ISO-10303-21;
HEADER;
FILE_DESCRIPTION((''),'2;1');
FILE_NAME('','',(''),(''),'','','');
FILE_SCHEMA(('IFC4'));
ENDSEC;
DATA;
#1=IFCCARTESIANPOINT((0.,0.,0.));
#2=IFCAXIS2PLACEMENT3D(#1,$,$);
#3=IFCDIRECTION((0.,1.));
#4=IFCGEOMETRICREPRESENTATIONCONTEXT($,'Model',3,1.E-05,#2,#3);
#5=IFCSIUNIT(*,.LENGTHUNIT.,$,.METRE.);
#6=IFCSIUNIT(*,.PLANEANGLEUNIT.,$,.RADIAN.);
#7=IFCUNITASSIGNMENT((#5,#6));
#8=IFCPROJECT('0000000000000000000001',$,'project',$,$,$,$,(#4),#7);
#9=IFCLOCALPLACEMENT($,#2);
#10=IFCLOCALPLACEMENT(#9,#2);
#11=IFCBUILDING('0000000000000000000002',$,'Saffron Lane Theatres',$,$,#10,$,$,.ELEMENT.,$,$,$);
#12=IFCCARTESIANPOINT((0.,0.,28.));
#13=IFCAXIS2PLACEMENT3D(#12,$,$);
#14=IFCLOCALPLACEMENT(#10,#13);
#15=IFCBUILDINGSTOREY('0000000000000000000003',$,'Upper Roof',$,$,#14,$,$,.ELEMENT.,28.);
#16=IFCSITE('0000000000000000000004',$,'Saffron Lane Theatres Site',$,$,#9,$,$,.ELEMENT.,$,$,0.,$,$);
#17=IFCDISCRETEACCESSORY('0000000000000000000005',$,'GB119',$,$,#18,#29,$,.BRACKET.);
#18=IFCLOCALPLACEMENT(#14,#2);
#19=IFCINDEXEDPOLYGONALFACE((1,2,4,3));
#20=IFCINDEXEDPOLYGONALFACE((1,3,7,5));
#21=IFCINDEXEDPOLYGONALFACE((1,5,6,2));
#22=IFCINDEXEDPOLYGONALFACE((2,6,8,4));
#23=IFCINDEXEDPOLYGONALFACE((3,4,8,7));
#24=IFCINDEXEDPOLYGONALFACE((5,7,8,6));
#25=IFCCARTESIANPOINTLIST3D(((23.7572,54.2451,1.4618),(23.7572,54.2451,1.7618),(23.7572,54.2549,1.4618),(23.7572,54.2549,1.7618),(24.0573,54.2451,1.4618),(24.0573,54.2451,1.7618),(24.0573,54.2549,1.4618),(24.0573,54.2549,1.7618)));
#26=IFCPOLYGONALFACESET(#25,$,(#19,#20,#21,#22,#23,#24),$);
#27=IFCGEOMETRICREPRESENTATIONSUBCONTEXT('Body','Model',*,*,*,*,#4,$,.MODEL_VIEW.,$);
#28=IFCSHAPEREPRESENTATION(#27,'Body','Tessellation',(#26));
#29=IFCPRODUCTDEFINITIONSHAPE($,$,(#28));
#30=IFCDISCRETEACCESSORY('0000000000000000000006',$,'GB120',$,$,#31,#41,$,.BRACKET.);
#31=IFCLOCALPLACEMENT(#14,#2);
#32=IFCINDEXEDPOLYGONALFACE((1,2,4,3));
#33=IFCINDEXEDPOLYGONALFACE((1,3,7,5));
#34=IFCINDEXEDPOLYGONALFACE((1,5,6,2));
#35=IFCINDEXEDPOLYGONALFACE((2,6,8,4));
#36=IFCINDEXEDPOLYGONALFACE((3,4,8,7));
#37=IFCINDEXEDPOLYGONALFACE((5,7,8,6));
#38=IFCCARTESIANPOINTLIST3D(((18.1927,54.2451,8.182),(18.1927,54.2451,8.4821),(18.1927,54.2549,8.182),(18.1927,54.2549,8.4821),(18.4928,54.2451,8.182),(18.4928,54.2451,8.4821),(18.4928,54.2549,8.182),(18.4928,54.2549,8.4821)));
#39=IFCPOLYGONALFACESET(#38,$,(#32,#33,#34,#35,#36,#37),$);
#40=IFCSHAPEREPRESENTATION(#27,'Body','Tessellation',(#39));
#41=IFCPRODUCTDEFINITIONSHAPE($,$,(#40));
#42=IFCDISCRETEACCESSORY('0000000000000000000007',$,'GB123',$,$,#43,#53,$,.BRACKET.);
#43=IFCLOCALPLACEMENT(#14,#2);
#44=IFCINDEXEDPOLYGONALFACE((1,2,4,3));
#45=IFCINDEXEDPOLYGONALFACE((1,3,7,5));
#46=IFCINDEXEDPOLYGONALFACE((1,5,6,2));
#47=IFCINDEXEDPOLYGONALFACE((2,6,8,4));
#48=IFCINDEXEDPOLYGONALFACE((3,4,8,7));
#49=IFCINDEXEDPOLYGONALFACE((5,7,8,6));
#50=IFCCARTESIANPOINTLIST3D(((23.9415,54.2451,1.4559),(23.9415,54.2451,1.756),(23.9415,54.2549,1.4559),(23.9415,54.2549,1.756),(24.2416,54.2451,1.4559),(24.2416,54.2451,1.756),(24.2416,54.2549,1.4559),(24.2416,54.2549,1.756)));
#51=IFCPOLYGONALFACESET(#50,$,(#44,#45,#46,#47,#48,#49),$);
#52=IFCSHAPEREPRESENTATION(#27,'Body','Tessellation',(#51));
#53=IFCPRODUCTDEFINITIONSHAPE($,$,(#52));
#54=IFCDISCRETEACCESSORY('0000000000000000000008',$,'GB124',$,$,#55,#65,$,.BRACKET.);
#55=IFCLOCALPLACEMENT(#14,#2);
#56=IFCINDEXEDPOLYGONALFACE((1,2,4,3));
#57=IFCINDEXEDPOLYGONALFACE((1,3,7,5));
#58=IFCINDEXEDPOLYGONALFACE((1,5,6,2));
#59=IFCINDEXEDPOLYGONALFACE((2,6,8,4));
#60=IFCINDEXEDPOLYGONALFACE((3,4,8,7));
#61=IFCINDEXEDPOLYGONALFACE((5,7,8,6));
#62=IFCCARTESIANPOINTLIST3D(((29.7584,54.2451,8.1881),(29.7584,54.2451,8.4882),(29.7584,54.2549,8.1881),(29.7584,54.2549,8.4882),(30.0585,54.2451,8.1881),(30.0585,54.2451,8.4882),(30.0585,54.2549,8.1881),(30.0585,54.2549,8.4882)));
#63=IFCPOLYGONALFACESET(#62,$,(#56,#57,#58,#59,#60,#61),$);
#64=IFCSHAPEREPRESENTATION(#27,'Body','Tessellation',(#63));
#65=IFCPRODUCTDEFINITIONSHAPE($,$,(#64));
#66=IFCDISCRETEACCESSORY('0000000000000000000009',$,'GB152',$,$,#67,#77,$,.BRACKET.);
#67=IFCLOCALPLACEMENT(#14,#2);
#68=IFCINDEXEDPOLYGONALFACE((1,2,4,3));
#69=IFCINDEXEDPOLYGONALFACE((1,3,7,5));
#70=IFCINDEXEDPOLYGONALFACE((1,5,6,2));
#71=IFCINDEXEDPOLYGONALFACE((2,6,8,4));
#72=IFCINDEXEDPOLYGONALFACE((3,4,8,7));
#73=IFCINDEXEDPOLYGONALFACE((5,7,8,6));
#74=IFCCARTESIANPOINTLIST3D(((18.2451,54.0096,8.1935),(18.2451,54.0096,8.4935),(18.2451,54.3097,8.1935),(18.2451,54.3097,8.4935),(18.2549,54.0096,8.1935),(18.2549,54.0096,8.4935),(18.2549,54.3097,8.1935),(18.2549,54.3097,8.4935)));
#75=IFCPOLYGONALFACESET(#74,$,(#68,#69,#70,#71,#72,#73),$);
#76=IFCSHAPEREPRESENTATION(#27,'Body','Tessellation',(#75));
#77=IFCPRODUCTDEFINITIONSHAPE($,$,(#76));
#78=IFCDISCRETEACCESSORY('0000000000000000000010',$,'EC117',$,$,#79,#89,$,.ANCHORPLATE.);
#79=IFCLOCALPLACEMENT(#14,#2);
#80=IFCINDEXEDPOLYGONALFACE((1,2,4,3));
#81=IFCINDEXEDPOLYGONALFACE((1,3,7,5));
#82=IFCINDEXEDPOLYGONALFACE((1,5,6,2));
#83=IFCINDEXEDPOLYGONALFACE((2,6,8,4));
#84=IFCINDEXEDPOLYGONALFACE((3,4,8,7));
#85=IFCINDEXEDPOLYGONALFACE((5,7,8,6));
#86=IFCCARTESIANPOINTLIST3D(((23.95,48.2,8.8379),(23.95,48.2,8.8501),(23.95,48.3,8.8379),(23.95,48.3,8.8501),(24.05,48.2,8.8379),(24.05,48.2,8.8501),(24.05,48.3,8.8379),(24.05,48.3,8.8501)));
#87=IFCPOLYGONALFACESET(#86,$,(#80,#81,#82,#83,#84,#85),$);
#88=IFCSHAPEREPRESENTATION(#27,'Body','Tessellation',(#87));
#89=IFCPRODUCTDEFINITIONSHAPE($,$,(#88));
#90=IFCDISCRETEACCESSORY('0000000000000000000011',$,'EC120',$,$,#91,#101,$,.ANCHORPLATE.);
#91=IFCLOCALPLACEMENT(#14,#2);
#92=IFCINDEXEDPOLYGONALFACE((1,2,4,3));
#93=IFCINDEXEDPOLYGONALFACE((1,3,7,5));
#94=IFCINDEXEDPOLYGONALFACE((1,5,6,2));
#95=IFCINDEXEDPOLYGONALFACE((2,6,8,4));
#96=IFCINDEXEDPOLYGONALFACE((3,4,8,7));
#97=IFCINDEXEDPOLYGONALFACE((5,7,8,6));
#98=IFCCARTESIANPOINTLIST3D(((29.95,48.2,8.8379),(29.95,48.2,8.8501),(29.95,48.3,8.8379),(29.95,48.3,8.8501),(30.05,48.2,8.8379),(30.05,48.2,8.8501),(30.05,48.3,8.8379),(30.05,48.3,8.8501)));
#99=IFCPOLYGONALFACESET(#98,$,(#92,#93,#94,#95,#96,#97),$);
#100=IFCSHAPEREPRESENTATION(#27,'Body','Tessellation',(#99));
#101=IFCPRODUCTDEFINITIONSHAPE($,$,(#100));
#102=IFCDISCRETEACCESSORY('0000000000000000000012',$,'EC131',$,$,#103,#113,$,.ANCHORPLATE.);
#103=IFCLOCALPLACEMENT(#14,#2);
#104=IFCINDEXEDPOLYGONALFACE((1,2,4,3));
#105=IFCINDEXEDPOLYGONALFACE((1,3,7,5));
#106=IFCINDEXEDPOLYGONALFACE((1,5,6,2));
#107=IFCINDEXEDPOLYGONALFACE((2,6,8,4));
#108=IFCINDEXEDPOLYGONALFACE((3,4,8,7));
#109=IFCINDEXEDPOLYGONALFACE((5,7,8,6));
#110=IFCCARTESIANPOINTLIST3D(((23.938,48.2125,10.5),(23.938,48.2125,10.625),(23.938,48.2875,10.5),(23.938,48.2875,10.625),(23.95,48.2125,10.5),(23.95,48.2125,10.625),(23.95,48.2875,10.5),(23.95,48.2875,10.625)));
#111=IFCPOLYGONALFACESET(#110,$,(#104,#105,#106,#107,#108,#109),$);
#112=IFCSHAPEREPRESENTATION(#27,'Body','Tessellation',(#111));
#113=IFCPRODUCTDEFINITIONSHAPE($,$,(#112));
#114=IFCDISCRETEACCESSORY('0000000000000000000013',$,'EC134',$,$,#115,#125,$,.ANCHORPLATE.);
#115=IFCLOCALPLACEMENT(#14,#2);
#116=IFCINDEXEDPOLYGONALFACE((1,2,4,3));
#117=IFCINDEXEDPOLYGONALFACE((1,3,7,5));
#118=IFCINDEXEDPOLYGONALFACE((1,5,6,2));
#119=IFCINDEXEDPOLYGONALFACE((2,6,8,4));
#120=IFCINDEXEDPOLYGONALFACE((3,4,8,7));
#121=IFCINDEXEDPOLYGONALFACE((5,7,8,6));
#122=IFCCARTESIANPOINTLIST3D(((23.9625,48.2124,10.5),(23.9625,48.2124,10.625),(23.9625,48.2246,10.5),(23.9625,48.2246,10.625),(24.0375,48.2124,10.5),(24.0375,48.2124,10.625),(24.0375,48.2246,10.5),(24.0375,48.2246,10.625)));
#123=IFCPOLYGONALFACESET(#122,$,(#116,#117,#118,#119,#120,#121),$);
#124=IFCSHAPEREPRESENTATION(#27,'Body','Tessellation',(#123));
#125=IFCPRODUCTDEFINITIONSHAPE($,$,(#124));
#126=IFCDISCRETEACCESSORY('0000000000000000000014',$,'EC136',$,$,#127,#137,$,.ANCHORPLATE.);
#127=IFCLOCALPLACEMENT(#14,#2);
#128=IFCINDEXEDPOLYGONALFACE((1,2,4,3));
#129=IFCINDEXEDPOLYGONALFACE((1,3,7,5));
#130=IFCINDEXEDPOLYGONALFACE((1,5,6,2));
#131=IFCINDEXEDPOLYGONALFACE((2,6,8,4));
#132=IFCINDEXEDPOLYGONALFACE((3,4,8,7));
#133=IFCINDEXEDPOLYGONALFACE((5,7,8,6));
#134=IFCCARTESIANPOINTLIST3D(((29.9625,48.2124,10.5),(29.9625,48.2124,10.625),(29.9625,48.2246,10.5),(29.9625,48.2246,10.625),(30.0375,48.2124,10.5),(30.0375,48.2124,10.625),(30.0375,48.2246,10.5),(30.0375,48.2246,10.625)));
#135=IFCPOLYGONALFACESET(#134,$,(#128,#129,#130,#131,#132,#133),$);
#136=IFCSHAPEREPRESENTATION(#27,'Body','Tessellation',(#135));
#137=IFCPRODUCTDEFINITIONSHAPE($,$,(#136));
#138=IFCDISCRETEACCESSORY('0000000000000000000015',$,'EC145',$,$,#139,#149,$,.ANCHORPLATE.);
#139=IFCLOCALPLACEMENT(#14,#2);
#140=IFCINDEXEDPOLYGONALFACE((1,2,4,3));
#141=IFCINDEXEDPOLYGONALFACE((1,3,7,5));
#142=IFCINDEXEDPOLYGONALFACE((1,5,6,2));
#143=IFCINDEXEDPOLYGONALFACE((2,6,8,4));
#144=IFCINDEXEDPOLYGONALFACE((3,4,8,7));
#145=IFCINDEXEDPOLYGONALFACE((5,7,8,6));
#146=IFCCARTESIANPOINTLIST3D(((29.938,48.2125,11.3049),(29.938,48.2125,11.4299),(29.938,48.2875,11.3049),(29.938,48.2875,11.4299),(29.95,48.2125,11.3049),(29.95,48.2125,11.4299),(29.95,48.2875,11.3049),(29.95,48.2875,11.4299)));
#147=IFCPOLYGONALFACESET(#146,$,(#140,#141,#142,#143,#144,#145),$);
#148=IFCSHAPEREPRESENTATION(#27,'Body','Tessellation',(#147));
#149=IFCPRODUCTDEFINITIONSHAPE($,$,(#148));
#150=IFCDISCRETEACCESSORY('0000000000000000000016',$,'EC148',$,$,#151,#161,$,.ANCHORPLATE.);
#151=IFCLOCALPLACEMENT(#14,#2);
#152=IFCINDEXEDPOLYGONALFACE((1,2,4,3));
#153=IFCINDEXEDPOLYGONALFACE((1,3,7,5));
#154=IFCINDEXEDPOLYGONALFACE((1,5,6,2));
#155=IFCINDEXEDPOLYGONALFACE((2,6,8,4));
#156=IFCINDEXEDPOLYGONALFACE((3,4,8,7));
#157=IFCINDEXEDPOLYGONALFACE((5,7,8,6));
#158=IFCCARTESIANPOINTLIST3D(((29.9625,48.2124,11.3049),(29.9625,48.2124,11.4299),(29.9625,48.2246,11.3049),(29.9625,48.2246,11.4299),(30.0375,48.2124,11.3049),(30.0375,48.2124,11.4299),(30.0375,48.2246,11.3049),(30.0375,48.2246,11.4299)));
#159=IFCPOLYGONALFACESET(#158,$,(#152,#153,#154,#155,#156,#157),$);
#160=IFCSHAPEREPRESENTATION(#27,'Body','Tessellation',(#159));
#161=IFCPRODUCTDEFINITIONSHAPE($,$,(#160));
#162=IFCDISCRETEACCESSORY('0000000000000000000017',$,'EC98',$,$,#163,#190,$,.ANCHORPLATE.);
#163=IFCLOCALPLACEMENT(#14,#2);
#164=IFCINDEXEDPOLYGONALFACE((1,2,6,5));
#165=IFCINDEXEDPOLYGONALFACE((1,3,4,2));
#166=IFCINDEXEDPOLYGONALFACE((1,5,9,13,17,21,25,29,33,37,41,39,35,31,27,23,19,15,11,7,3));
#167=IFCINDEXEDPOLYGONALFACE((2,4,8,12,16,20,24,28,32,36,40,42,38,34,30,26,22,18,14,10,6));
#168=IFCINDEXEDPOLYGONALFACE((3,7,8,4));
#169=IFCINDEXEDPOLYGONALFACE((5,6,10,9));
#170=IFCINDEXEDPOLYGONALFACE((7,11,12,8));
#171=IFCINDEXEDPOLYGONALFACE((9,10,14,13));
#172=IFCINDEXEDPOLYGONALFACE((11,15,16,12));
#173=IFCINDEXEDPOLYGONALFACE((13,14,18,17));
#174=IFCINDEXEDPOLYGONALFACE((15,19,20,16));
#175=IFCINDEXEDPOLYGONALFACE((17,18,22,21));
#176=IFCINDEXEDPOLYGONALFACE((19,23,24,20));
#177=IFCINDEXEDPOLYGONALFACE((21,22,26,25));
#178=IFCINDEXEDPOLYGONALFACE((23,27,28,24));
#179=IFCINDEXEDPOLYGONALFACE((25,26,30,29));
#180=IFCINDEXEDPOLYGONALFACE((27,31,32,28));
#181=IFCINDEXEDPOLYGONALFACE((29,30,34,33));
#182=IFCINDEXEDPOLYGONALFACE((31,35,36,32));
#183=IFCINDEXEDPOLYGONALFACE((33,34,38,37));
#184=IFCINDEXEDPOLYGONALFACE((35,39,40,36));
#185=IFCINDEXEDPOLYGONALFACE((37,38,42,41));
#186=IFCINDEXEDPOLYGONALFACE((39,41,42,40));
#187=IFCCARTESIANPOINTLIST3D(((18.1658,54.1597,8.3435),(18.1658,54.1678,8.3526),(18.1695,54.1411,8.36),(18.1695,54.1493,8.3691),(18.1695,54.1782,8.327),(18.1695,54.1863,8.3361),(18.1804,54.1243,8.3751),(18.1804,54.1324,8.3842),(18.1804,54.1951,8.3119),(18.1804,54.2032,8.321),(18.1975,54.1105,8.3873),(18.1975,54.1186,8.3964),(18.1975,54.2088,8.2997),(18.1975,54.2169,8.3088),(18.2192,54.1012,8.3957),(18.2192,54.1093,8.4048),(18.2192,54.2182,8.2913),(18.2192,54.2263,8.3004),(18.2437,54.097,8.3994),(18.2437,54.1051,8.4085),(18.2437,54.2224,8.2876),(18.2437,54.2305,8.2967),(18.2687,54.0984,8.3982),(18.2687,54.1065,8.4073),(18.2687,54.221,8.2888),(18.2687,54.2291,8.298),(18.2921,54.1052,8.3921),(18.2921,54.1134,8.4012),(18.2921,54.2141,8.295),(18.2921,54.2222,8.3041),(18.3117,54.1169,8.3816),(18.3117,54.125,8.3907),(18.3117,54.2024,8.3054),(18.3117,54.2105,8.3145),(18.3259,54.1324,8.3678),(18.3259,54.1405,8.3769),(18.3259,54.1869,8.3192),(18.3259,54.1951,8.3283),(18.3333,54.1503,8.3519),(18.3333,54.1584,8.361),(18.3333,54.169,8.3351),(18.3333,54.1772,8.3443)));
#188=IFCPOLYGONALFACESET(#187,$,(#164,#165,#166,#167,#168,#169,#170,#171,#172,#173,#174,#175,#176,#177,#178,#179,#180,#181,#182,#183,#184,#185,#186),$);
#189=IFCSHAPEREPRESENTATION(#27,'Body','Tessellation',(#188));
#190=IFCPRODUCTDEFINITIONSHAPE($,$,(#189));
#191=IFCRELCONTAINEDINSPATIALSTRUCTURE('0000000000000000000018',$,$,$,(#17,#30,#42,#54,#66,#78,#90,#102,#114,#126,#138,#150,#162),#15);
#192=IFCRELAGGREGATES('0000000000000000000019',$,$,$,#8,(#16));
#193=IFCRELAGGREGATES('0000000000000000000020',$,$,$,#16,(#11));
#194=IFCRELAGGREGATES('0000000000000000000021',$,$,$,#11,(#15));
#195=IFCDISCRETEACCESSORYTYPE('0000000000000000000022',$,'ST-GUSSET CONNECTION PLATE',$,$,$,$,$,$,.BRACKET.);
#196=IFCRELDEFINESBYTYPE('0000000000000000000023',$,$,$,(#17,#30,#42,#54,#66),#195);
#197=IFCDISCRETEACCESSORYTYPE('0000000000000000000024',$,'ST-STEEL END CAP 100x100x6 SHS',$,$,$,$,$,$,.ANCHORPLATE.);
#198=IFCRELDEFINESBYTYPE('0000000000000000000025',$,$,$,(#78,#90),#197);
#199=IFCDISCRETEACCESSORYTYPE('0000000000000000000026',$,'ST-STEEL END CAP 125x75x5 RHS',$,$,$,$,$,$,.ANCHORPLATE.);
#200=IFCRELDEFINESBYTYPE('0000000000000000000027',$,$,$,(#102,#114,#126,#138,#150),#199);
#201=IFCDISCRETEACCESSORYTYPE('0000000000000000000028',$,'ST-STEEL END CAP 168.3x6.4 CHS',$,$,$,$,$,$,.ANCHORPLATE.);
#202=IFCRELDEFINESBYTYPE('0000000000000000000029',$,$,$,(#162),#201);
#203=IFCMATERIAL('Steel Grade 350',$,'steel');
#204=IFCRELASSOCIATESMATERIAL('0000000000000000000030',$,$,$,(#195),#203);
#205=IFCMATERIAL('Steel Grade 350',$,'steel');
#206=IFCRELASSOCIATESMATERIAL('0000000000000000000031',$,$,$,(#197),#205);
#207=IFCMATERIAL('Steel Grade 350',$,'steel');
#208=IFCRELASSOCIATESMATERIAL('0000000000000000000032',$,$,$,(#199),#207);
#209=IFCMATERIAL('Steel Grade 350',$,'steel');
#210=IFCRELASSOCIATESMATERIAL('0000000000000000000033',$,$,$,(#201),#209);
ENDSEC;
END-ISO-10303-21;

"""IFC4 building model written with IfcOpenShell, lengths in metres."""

from ifc_helpers import new_model, si_unit, direction, frame, origin, origin_2d, place, context, subcontext, project, spatial, rectangle, circle, extrude, material, material_profile, profile_set, type_object, element, save


model = new_model("IFC4")

# Units and contexts
model_context = context("Model", 3, precision=1e-05, world=origin(), true_north=direction((0.0, 1.0)))
body_context = subcontext(model_context, "Body", "Model", "MODEL_VIEW")
ifc_project = project(units=[si_unit("LENGTHUNIT", "METRE"), si_unit("PLANEANGLEUNIT", "RADIAN")], contexts=[model_context])

# Site, building, storey
site_placement = place(None, origin())
site = spatial("IfcSite", under=ifc_project, at=site_placement, Name="Saffron Lane Theatres Site", CompositionType="ELEMENT", RefElevation=0.0)
building_placement = place(site_placement, origin())
building = spatial("IfcBuilding", under=site, at=building_placement, Name="Saffron Lane Theatres", CompositionType="ELEMENT")
storey_placement = place(building_placement, frame((0.0, 0.0, 28.0)))
storey = spatial("IfcBuildingStorey", under=building, at=storey_placement, Name="Upper Roof", CompositionType="ELEMENT", Elevation=28.0)

# Discrete accessories
ifc_material_1 = material(Name="Steel Grade 350", Category="steel")
ifc_material_profile_1 = material_profile(ifc_material_1, rectangle(XDim=0.3, YDim=0.3, at=origin_2d()))
ifc_profile_set_1 = profile_set([ifc_material_profile_1], Name="Steel Grade 350")
discrete_accessory_type_1 = type_object("IfcDiscreteAccessoryType", Name="ST-GUSSET CONNECTION PLATE", PredefinedType="BRACKET", material=ifc_profile_set_1)
for number, where, z_axis, x_axis, name in (
    (1, (23.9072, 54.2451, 1.6118), (0.0, 1.0, 0.0), (-1.0, 0.0, 0.0), "GB119"),
    (2, (18.3428, 54.2451, 8.332), (0.0, 1.0, 0.0), (-1.0, 0.0, 0.0), "GB120"),
    (3, (24.0916, 54.2451, 1.606), (0.0, 1.0, 0.0), (-1.0, 0.0, 0.0), "GB123"),
    (4, (29.9084, 54.2451, 8.3381), (0.0, 1.0, 0.0), (-1.0, 0.0, 0.0), "GB124"),
    (5, (18.2451, 54.1597, 8.3435), (1.0, 0.0, 0.0), (0.0, 1.0, 0.0), "GB152"),
):
    element("IfcDiscreteAccessory", number, at=place(storey_placement, frame(where, z_axis=z_axis, x_axis=x_axis)), inside=storey, type_object=discrete_accessory_type_1, Name=name, PredefinedType="BRACKET", context=body_context, shape_type="SweptSolid", body=[
        extrude(rectangle(XDim=0.3, YDim=0.3, at=origin_2d()), origin(), (0.0, 0.0, 1.0), 0.0098),
    ])
ifc_material_2 = material(Name="Steel Grade 350", Category="steel")
ifc_material_profile_2 = material_profile(ifc_material_2, rectangle(XDim=0.1001, YDim=0.1001, at=origin_2d()))
ifc_profile_set_2 = profile_set([ifc_material_profile_2], Name="Steel Grade 350")
discrete_accessory_type_2 = type_object("IfcDiscreteAccessoryType", Name="ST-STEEL END CAP 100x100x6 SHS", PredefinedType="ANCHORPLATE", material=ifc_profile_set_2)
for number, where, z_axis, x_axis, name in (
    (6, (24.0, 48.25, 8.8379), (0.0, 0.0, 1.0), (1.0, 0.0, 0.0), "EC117"),
    (7, (30.0, 48.25, 8.8379), (0.0, 0.0, 1.0), (1.0, 0.0, 0.0), "EC120"),
):
    element("IfcDiscreteAccessory", number, at=place(storey_placement, frame(where, z_axis=z_axis, x_axis=x_axis)), inside=storey, type_object=discrete_accessory_type_2, Name=name, PredefinedType="ANCHORPLATE", context=body_context, shape_type="SweptSolid", body=[
        extrude(rectangle(XDim=0.1001, YDim=0.1001, at=origin_2d()), origin(), (0.0, 0.0, 1.0), 0.0122),
    ])
ifc_material_3 = material(Name="Steel Grade 350", Category="steel")
ifc_material_profile_3 = material_profile(ifc_material_3, rectangle(XDim=0.075, YDim=0.125, at=origin_2d()))
ifc_profile_set_3 = profile_set([ifc_material_profile_3], Name="Steel Grade 350")
discrete_accessory_type_3 = type_object("IfcDiscreteAccessoryType", Name="ST-STEEL END CAP 125x75x5 RHS", PredefinedType="ANCHORPLATE", material=ifc_profile_set_3)
discrete_accessory_1_placement = place(storey_placement, frame((23.938, 48.25, 10.5625), z_axis=(1.0, 0.0, 0.0), x_axis=(0.0, 1.0, 0.0)))
element("IfcDiscreteAccessory", 8, at=discrete_accessory_1_placement, inside=storey, type_object=discrete_accessory_type_3, Name="EC131", PredefinedType="ANCHORPLATE", context=body_context, shape_type="SweptSolid", body=[
    extrude(rectangle(XDim=0.075, YDim=0.125, at=origin_2d()), origin(), (0.0, 0.0, 1.0), 0.012),
])
for number, where, z_axis, x_axis, name in (
    (9, (24.0, 48.2124, 10.5625), (0.0, 1.0, 0.0), (-1.0, 0.0, 0.0), "EC134"),
    (10, (30.0, 48.2124, 10.5625), (0.0, 1.0, 0.0), (-1.0, 0.0, 0.0), "EC136"),
):
    element("IfcDiscreteAccessory", number, at=place(storey_placement, frame(where, z_axis=z_axis, x_axis=x_axis)), inside=storey, type_object=discrete_accessory_type_3, Name=name, PredefinedType="ANCHORPLATE", context=body_context, shape_type="SweptSolid", body=[
        extrude(rectangle(XDim=0.075, YDim=0.125, at=origin_2d()), origin(), (0.0, 0.0, 1.0), 0.0122),
    ])
discrete_accessory_2_placement = place(storey_placement, frame((29.938, 48.25, 11.3674), z_axis=(1.0, 0.0, 0.0), x_axis=(0.0, 1.0, 0.0)))
element("IfcDiscreteAccessory", 11, at=discrete_accessory_2_placement, inside=storey, type_object=discrete_accessory_type_3, Name="EC145", PredefinedType="ANCHORPLATE", context=body_context, shape_type="SweptSolid", body=[
    extrude(rectangle(XDim=0.075, YDim=0.125, at=origin_2d()), origin(), (0.0, 0.0, 1.0), 0.012),
])
discrete_accessory_3_placement = place(storey_placement, frame((30.0, 48.2124, 11.3674), z_axis=(0.0, 1.0, 0.0), x_axis=(-1.0, 0.0, 0.0)))
element("IfcDiscreteAccessory", 12, at=discrete_accessory_3_placement, inside=storey, type_object=discrete_accessory_type_3, Name="EC148", PredefinedType="ANCHORPLATE", context=body_context, shape_type="SweptSolid", body=[
    extrude(rectangle(XDim=0.075, YDim=0.125, at=origin_2d()), origin(), (0.0, 0.0, 1.0), 0.0122),
])
ifc_material_4 = material(Name="Steel Grade 350", Category="steel")
ifc_material_profile_4 = material_profile(ifc_material_4, circle(Radius=0.0842, at=origin_2d()))
ifc_profile_set_4 = profile_set([ifc_material_profile_4], Name="Steel Grade 350")
discrete_accessory_type_4 = type_object("IfcDiscreteAccessoryType", Name="ST-STEEL END CAP 168.3x6.4 CHS", PredefinedType="ANCHORPLATE", material=ifc_profile_set_4)
discrete_accessory_4_placement = place(storey_placement, frame((18.25, 54.1597, 8.3435), z_axis=(0.0, 0.665615, 0.746295), x_axis=(-1.0, 0.0, 0.0)))
element("IfcDiscreteAccessory", 13, at=discrete_accessory_4_placement, inside=storey, type_object=discrete_accessory_type_4, Name="EC98", PredefinedType="ANCHORPLATE", context=body_context, shape_type="SweptSolid", body=[
    extrude(circle(Radius=0.0842, at=origin_2d()), origin(), (0.0, 0.0, 1.0), 0.0122),
])

save(model, "model.ifc")
